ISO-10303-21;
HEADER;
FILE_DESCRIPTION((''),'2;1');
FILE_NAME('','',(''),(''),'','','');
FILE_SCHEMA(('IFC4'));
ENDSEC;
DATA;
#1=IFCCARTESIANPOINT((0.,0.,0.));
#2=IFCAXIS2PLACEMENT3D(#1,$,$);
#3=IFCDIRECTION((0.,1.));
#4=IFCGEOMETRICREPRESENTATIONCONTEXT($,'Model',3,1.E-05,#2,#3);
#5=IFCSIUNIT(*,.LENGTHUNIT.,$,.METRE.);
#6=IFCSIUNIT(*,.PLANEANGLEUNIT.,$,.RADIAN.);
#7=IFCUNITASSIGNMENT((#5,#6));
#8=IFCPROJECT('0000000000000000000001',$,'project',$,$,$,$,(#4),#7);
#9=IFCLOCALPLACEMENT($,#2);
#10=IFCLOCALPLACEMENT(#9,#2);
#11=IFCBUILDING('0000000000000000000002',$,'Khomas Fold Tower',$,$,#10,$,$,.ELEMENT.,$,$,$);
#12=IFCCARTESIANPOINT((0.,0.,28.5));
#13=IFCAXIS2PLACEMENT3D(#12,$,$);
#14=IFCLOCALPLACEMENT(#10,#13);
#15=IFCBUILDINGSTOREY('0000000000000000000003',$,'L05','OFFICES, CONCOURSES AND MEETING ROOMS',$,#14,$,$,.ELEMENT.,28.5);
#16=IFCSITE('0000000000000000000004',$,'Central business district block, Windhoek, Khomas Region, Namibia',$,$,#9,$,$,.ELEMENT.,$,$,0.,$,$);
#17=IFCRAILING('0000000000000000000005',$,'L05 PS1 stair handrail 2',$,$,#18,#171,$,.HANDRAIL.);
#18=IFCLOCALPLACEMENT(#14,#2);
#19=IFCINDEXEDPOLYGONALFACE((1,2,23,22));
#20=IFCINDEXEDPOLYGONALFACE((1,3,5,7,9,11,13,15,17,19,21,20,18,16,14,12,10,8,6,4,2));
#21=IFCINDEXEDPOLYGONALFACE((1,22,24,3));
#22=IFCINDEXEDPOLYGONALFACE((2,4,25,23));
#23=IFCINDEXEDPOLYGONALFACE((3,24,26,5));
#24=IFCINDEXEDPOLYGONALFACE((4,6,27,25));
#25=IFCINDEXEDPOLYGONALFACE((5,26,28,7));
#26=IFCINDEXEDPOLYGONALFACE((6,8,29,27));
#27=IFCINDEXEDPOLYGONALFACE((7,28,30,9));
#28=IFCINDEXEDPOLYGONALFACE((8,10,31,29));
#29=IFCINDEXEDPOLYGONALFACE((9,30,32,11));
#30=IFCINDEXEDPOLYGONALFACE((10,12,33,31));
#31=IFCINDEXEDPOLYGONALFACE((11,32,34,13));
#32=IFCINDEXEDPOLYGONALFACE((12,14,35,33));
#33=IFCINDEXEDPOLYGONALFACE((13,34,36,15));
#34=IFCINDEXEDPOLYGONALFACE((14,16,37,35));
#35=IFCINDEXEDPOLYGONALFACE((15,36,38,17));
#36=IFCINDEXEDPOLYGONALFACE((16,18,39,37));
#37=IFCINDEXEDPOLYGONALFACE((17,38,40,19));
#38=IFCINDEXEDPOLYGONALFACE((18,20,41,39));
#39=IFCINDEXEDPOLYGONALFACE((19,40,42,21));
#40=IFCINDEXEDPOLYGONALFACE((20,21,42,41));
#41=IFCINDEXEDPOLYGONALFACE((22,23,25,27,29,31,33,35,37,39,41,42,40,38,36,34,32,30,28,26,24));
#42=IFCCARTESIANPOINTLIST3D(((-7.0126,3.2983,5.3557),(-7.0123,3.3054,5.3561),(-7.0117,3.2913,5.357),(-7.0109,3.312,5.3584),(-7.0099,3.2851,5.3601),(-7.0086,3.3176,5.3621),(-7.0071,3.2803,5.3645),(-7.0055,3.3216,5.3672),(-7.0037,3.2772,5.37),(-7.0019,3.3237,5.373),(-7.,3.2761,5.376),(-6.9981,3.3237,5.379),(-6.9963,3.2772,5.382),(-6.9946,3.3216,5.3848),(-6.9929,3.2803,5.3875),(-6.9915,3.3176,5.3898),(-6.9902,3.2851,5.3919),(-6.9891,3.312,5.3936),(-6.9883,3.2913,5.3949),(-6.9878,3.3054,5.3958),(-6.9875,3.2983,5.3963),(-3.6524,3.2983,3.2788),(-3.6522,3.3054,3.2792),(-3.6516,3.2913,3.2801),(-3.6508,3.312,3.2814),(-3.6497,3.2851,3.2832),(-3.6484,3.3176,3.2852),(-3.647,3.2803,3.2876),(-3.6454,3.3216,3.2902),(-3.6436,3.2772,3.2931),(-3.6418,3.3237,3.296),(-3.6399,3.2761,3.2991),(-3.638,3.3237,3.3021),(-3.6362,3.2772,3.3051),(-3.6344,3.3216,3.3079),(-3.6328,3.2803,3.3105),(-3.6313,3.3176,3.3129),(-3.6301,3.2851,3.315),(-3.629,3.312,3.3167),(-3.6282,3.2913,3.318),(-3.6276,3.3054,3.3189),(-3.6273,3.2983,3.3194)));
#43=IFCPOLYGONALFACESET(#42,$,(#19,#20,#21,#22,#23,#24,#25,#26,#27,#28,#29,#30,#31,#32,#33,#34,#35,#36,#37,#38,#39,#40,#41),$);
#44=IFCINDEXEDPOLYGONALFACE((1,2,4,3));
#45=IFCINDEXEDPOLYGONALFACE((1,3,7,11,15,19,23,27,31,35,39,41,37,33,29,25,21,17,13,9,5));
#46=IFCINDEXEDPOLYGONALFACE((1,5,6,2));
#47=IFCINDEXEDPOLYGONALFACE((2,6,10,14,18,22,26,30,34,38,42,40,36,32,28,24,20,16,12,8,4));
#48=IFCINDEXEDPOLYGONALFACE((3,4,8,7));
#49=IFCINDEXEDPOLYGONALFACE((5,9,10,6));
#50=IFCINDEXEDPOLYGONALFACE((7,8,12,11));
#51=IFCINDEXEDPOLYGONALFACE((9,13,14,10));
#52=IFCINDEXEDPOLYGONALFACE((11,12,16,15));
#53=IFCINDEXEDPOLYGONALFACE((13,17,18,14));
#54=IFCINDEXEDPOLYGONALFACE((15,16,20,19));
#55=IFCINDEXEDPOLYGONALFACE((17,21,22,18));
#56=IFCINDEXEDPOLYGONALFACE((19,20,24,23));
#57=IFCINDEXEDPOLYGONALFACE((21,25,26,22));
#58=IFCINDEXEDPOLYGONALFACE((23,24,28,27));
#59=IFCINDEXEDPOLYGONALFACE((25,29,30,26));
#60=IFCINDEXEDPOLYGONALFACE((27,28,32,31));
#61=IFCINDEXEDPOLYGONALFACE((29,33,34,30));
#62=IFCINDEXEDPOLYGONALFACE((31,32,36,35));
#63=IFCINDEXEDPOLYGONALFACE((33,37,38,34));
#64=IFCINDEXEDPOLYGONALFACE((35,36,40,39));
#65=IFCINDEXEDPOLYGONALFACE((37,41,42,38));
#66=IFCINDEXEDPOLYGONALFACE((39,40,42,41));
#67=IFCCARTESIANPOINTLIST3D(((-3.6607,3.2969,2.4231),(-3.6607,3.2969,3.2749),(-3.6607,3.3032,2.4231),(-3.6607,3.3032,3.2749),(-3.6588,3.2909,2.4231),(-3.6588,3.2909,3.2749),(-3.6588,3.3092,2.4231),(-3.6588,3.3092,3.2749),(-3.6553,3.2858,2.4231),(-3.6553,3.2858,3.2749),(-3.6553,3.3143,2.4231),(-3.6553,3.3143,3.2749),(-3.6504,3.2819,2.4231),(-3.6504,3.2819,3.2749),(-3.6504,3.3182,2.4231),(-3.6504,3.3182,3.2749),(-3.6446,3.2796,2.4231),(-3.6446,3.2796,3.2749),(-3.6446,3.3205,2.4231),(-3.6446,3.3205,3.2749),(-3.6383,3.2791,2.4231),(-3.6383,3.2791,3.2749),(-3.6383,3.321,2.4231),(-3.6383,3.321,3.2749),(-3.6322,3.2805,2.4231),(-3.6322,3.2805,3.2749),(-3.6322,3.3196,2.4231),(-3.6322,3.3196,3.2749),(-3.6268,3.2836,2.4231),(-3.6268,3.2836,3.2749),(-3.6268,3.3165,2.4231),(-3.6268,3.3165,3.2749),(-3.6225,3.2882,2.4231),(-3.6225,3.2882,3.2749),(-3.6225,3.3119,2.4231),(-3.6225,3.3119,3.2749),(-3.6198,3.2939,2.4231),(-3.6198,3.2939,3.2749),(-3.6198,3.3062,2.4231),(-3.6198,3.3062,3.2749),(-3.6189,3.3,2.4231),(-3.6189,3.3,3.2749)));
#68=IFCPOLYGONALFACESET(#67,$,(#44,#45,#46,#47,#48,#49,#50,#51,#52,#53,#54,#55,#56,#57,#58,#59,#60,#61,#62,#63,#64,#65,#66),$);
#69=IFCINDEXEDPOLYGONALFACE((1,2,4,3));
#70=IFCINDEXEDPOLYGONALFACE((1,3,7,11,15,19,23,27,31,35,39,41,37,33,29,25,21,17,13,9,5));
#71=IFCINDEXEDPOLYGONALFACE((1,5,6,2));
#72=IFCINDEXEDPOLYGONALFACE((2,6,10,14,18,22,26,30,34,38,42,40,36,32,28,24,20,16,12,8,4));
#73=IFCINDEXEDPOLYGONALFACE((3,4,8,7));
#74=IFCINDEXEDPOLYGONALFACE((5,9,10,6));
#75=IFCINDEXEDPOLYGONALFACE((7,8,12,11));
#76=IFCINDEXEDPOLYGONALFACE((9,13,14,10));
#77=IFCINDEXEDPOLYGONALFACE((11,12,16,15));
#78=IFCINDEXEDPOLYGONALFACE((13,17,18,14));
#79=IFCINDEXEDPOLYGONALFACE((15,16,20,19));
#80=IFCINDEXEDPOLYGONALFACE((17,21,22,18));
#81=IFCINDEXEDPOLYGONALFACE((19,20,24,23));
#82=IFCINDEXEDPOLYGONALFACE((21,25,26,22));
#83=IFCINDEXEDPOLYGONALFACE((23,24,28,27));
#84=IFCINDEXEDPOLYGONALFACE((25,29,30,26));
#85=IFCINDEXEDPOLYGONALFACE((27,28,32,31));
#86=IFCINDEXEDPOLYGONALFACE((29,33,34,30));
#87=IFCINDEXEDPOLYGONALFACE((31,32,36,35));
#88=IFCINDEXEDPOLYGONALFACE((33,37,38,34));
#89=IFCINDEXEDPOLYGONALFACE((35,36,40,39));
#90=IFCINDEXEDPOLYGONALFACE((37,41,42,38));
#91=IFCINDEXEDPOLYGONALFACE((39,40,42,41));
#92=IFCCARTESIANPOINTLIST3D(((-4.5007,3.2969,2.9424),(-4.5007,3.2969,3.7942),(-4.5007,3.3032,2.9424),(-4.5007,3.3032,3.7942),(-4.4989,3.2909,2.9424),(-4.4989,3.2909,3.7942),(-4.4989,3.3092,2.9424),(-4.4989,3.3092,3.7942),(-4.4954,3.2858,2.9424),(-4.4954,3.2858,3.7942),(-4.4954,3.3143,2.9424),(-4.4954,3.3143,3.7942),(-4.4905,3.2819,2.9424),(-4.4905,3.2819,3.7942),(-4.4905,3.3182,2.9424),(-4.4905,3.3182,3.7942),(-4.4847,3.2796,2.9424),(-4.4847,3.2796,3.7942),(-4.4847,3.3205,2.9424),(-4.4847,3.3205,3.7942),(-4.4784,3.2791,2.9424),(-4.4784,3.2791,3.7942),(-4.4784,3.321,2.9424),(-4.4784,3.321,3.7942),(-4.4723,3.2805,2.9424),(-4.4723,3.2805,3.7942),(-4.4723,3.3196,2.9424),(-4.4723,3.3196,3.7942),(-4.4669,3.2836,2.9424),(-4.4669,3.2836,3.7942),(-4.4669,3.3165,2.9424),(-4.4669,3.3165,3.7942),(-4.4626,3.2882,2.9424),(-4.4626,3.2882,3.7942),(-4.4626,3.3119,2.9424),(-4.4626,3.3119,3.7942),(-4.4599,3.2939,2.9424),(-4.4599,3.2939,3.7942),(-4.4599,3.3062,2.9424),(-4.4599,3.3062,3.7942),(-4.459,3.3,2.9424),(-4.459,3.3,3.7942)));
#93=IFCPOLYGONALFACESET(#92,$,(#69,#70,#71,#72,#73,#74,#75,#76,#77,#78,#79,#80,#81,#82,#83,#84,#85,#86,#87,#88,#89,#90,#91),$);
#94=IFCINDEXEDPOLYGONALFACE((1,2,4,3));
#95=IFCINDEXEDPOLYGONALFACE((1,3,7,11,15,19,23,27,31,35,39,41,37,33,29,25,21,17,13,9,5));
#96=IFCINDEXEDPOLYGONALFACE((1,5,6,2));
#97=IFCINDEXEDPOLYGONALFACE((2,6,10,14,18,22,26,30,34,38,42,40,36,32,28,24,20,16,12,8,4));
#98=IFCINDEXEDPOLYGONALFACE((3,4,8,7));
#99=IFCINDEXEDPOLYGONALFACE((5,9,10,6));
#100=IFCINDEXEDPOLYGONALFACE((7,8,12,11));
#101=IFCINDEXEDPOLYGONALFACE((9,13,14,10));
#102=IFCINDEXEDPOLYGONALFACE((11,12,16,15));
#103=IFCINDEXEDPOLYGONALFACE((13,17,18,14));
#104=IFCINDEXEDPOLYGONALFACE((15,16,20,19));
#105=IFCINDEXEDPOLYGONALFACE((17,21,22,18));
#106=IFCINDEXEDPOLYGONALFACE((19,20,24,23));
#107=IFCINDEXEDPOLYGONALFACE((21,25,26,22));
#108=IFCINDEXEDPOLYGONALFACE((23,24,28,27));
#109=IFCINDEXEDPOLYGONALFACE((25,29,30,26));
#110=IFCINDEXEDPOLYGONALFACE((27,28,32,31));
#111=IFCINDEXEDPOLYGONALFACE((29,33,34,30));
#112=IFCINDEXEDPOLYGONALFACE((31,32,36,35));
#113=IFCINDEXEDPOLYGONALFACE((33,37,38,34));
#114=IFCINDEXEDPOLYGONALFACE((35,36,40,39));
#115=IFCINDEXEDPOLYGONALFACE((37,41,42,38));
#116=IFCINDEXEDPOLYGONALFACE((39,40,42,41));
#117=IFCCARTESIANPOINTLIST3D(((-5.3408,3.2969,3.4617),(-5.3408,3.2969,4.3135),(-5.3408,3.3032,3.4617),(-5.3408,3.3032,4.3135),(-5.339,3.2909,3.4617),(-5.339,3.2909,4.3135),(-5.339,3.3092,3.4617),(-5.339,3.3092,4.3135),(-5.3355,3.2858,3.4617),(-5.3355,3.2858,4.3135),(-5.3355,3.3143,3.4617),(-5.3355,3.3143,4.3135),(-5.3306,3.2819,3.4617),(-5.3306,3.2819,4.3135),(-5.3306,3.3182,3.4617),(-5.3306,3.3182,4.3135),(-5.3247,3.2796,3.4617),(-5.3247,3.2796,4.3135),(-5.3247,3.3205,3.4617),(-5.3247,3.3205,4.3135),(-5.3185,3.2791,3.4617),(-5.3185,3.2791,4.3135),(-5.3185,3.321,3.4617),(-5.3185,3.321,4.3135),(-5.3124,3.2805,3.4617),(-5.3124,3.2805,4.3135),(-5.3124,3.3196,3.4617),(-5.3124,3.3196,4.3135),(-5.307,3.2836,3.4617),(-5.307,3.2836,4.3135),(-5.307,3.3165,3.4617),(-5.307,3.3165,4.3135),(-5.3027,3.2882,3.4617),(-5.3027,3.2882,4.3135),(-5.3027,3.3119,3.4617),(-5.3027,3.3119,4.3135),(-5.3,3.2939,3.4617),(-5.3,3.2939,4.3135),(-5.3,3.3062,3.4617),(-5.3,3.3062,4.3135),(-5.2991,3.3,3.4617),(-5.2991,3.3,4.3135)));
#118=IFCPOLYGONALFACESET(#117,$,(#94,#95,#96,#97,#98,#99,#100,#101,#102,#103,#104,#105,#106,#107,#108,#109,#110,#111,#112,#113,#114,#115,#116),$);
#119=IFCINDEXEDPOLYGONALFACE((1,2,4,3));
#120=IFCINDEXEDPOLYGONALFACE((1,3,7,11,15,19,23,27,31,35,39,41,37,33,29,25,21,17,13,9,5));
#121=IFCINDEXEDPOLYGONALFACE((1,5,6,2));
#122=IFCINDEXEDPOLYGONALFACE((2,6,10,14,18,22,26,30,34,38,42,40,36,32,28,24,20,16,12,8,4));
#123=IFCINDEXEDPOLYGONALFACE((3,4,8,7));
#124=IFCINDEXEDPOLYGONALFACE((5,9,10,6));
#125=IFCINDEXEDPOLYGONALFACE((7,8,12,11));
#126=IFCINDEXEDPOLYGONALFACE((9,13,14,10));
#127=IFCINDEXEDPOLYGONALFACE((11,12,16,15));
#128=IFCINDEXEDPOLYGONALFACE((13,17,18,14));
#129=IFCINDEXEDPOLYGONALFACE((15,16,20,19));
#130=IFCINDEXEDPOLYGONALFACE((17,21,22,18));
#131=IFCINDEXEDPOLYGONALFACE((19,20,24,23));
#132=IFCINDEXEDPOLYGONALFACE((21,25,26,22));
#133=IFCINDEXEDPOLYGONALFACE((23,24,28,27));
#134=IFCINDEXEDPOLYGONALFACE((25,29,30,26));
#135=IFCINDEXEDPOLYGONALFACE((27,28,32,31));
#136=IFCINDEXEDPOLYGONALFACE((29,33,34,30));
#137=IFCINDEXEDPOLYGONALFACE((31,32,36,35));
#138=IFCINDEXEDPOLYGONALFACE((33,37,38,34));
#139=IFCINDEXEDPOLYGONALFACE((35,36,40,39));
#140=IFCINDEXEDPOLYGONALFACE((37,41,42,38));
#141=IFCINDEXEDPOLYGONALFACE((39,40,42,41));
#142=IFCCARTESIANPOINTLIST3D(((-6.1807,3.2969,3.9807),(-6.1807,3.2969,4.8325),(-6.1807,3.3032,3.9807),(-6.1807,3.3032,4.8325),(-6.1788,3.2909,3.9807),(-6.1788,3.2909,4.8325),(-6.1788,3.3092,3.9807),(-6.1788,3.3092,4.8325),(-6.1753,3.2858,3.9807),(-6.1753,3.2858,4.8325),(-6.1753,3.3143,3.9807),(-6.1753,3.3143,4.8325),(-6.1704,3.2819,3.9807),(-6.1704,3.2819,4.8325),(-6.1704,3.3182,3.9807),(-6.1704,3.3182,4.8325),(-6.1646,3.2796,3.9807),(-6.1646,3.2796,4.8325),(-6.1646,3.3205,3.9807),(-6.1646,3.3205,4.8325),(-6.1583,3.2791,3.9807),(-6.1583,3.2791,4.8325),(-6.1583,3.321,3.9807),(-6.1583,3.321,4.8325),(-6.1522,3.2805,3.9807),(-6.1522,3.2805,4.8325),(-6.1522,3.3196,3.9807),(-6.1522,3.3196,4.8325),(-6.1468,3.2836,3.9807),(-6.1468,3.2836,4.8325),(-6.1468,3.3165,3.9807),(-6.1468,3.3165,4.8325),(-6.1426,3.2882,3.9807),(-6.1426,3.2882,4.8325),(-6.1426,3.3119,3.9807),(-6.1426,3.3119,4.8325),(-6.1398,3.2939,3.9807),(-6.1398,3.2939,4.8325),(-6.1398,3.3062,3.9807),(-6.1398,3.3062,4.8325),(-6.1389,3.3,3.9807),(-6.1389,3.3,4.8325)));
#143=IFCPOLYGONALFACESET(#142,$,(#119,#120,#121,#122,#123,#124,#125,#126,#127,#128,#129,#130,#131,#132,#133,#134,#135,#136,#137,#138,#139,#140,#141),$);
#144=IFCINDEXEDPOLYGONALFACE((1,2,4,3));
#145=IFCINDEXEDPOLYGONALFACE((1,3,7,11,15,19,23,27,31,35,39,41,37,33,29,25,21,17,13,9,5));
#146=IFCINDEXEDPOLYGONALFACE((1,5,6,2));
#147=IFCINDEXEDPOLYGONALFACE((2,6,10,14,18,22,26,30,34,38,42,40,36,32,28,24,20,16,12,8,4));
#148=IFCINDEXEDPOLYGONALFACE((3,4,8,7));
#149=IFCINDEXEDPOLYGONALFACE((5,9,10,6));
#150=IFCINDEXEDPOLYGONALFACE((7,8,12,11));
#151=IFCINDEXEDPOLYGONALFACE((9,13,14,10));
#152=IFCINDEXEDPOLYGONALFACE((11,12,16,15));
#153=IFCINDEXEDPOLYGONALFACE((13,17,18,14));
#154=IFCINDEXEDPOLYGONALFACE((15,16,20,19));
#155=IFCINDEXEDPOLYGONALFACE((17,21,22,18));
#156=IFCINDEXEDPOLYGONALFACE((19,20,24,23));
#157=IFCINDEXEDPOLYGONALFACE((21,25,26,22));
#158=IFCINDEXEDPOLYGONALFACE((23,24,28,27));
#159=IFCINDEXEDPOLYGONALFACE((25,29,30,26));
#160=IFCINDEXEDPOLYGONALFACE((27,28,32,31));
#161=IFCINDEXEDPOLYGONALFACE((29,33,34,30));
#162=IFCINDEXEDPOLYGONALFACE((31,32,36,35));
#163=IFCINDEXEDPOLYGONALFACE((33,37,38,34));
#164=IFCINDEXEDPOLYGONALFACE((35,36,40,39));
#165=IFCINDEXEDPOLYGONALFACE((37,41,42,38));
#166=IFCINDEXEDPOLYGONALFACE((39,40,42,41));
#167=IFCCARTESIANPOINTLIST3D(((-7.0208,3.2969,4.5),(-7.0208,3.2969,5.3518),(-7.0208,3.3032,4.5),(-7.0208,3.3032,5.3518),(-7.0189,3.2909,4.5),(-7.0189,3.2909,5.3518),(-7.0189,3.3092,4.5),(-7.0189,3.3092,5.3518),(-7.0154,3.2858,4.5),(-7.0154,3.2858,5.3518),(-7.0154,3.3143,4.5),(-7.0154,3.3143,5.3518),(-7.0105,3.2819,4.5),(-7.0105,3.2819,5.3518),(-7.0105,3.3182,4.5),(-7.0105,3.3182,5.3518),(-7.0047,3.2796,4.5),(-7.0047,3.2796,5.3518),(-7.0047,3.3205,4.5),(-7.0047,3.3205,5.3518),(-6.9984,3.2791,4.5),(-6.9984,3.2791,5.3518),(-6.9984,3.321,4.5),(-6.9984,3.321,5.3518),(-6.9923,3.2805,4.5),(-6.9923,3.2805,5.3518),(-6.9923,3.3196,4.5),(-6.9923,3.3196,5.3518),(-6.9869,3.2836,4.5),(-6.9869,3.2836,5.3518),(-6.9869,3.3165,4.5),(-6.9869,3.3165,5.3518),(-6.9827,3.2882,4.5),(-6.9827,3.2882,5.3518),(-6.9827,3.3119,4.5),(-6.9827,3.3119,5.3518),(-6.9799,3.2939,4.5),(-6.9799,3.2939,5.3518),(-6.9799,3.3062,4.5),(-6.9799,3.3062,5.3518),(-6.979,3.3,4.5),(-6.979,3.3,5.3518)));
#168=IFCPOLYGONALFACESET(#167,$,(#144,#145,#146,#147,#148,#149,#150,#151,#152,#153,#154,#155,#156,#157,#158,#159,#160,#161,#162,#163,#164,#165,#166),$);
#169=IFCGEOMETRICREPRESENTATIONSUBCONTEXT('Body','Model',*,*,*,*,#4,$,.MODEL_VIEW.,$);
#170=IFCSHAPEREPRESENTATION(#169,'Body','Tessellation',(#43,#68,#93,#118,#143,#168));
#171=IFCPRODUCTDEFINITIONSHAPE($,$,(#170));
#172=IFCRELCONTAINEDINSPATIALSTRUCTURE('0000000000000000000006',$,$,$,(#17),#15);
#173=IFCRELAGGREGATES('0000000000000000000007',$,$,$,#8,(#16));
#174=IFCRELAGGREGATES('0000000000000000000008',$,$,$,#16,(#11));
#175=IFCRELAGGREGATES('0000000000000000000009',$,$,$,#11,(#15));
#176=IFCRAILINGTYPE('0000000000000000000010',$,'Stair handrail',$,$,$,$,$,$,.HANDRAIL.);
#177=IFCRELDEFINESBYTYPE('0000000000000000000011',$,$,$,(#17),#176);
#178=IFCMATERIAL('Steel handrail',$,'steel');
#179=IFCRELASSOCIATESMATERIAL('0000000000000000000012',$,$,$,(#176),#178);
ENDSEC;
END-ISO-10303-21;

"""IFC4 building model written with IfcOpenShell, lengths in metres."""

from ifc_helpers import new_model, si_unit, direction, frame, origin, origin_2d, place, context, subcontext, project, spatial, circle, extrude, source, transform, mapped, material, type_object, element, save


model = new_model("IFC4")

# Units and contexts
model_context = context("Model", 3, precision=1e-05, world=origin(), true_north=direction((0.0, 1.0)))
body_context = subcontext(model_context, "Body", "Model", "MODEL_VIEW")
ifc_project = project(units=[si_unit("LENGTHUNIT", "METRE"), si_unit("PLANEANGLEUNIT", "RADIAN")], contexts=[model_context])

# Site, building, storey
site_placement = place(None, origin())
site = spatial("IfcSite", under=ifc_project, at=site_placement, Name="Central business district block, Windhoek, Khomas Region, Namibia", CompositionType="ELEMENT", RefElevation=0.0)
building_placement = place(site_placement, origin())
building = spatial("IfcBuilding", under=site, at=building_placement, Name="Khomas Fold Tower", CompositionType="ELEMENT")
storey_placement = place(building_placement, frame((0.0, 0.0, 28.5)))
storey = spatial("IfcBuildingStorey", under=building, at=storey_placement, Name="L05", Description="OFFICES, CONCOURSES AND MEETING ROOMS", CompositionType="ELEMENT", Elevation=28.5)

# Railing
ifc_material_1 = material(Name="Steel handrail", Category="steel")
railing_type_1 = type_object("IfcRailingType", Name="Stair handrail", PredefinedType="HANDRAIL", material=ifc_material_1)
shared_shape_1 = source(origin(), body_context, "Body", "SweptSolid", [
    extrude(circle(Radius=0.0239, at=origin_2d()), frame((0.0, 0.0, 0.876), z_axis=(-0.850623, 0.0, 0.525776), x_axis=(0.0, -1.0, 0.0)), (0.0, 0.0, 1.0), 3.9502),
    extrude(circle(Radius=0.021, at=origin_2d()), origin(), (0.0, 0.0, 1.0), 0.8518),
    extrude(circle(Radius=0.021, at=origin_2d()), frame((-0.8401, 0.0, 0.5193)), (0.0, 0.0, 1.0), 0.8518),
    extrude(circle(Radius=0.021, at=origin_2d()), frame((-1.6802, 0.0, 1.0386)), (0.0, 0.0, 1.0), 0.8518),
    extrude(circle(Radius=0.021, at=origin_2d()), frame((-2.52, 0.0, 1.5576)), (0.0, 0.0, 1.0), 0.8518),
    extrude(circle(Radius=0.021, at=origin_2d()), frame((-3.3601, 0.0, 2.0769)), (0.0, 0.0, 1.0), 0.8518),
])
railing_1_placement = place(storey_placement, frame((-3.6399, 3.3, 2.4231)))
element("IfcRailing", 1, at=railing_1_placement, inside=storey, type_object=railing_type_1, Name="L05 PS1 stair handrail 2", PredefinedType="HANDRAIL", context=body_context, shape_type="MappedRepresentation", body=[
    mapped(shared_shape_1, transform((0.0, 0.0, 0.0))),
])

save(model, "model.ifc")
